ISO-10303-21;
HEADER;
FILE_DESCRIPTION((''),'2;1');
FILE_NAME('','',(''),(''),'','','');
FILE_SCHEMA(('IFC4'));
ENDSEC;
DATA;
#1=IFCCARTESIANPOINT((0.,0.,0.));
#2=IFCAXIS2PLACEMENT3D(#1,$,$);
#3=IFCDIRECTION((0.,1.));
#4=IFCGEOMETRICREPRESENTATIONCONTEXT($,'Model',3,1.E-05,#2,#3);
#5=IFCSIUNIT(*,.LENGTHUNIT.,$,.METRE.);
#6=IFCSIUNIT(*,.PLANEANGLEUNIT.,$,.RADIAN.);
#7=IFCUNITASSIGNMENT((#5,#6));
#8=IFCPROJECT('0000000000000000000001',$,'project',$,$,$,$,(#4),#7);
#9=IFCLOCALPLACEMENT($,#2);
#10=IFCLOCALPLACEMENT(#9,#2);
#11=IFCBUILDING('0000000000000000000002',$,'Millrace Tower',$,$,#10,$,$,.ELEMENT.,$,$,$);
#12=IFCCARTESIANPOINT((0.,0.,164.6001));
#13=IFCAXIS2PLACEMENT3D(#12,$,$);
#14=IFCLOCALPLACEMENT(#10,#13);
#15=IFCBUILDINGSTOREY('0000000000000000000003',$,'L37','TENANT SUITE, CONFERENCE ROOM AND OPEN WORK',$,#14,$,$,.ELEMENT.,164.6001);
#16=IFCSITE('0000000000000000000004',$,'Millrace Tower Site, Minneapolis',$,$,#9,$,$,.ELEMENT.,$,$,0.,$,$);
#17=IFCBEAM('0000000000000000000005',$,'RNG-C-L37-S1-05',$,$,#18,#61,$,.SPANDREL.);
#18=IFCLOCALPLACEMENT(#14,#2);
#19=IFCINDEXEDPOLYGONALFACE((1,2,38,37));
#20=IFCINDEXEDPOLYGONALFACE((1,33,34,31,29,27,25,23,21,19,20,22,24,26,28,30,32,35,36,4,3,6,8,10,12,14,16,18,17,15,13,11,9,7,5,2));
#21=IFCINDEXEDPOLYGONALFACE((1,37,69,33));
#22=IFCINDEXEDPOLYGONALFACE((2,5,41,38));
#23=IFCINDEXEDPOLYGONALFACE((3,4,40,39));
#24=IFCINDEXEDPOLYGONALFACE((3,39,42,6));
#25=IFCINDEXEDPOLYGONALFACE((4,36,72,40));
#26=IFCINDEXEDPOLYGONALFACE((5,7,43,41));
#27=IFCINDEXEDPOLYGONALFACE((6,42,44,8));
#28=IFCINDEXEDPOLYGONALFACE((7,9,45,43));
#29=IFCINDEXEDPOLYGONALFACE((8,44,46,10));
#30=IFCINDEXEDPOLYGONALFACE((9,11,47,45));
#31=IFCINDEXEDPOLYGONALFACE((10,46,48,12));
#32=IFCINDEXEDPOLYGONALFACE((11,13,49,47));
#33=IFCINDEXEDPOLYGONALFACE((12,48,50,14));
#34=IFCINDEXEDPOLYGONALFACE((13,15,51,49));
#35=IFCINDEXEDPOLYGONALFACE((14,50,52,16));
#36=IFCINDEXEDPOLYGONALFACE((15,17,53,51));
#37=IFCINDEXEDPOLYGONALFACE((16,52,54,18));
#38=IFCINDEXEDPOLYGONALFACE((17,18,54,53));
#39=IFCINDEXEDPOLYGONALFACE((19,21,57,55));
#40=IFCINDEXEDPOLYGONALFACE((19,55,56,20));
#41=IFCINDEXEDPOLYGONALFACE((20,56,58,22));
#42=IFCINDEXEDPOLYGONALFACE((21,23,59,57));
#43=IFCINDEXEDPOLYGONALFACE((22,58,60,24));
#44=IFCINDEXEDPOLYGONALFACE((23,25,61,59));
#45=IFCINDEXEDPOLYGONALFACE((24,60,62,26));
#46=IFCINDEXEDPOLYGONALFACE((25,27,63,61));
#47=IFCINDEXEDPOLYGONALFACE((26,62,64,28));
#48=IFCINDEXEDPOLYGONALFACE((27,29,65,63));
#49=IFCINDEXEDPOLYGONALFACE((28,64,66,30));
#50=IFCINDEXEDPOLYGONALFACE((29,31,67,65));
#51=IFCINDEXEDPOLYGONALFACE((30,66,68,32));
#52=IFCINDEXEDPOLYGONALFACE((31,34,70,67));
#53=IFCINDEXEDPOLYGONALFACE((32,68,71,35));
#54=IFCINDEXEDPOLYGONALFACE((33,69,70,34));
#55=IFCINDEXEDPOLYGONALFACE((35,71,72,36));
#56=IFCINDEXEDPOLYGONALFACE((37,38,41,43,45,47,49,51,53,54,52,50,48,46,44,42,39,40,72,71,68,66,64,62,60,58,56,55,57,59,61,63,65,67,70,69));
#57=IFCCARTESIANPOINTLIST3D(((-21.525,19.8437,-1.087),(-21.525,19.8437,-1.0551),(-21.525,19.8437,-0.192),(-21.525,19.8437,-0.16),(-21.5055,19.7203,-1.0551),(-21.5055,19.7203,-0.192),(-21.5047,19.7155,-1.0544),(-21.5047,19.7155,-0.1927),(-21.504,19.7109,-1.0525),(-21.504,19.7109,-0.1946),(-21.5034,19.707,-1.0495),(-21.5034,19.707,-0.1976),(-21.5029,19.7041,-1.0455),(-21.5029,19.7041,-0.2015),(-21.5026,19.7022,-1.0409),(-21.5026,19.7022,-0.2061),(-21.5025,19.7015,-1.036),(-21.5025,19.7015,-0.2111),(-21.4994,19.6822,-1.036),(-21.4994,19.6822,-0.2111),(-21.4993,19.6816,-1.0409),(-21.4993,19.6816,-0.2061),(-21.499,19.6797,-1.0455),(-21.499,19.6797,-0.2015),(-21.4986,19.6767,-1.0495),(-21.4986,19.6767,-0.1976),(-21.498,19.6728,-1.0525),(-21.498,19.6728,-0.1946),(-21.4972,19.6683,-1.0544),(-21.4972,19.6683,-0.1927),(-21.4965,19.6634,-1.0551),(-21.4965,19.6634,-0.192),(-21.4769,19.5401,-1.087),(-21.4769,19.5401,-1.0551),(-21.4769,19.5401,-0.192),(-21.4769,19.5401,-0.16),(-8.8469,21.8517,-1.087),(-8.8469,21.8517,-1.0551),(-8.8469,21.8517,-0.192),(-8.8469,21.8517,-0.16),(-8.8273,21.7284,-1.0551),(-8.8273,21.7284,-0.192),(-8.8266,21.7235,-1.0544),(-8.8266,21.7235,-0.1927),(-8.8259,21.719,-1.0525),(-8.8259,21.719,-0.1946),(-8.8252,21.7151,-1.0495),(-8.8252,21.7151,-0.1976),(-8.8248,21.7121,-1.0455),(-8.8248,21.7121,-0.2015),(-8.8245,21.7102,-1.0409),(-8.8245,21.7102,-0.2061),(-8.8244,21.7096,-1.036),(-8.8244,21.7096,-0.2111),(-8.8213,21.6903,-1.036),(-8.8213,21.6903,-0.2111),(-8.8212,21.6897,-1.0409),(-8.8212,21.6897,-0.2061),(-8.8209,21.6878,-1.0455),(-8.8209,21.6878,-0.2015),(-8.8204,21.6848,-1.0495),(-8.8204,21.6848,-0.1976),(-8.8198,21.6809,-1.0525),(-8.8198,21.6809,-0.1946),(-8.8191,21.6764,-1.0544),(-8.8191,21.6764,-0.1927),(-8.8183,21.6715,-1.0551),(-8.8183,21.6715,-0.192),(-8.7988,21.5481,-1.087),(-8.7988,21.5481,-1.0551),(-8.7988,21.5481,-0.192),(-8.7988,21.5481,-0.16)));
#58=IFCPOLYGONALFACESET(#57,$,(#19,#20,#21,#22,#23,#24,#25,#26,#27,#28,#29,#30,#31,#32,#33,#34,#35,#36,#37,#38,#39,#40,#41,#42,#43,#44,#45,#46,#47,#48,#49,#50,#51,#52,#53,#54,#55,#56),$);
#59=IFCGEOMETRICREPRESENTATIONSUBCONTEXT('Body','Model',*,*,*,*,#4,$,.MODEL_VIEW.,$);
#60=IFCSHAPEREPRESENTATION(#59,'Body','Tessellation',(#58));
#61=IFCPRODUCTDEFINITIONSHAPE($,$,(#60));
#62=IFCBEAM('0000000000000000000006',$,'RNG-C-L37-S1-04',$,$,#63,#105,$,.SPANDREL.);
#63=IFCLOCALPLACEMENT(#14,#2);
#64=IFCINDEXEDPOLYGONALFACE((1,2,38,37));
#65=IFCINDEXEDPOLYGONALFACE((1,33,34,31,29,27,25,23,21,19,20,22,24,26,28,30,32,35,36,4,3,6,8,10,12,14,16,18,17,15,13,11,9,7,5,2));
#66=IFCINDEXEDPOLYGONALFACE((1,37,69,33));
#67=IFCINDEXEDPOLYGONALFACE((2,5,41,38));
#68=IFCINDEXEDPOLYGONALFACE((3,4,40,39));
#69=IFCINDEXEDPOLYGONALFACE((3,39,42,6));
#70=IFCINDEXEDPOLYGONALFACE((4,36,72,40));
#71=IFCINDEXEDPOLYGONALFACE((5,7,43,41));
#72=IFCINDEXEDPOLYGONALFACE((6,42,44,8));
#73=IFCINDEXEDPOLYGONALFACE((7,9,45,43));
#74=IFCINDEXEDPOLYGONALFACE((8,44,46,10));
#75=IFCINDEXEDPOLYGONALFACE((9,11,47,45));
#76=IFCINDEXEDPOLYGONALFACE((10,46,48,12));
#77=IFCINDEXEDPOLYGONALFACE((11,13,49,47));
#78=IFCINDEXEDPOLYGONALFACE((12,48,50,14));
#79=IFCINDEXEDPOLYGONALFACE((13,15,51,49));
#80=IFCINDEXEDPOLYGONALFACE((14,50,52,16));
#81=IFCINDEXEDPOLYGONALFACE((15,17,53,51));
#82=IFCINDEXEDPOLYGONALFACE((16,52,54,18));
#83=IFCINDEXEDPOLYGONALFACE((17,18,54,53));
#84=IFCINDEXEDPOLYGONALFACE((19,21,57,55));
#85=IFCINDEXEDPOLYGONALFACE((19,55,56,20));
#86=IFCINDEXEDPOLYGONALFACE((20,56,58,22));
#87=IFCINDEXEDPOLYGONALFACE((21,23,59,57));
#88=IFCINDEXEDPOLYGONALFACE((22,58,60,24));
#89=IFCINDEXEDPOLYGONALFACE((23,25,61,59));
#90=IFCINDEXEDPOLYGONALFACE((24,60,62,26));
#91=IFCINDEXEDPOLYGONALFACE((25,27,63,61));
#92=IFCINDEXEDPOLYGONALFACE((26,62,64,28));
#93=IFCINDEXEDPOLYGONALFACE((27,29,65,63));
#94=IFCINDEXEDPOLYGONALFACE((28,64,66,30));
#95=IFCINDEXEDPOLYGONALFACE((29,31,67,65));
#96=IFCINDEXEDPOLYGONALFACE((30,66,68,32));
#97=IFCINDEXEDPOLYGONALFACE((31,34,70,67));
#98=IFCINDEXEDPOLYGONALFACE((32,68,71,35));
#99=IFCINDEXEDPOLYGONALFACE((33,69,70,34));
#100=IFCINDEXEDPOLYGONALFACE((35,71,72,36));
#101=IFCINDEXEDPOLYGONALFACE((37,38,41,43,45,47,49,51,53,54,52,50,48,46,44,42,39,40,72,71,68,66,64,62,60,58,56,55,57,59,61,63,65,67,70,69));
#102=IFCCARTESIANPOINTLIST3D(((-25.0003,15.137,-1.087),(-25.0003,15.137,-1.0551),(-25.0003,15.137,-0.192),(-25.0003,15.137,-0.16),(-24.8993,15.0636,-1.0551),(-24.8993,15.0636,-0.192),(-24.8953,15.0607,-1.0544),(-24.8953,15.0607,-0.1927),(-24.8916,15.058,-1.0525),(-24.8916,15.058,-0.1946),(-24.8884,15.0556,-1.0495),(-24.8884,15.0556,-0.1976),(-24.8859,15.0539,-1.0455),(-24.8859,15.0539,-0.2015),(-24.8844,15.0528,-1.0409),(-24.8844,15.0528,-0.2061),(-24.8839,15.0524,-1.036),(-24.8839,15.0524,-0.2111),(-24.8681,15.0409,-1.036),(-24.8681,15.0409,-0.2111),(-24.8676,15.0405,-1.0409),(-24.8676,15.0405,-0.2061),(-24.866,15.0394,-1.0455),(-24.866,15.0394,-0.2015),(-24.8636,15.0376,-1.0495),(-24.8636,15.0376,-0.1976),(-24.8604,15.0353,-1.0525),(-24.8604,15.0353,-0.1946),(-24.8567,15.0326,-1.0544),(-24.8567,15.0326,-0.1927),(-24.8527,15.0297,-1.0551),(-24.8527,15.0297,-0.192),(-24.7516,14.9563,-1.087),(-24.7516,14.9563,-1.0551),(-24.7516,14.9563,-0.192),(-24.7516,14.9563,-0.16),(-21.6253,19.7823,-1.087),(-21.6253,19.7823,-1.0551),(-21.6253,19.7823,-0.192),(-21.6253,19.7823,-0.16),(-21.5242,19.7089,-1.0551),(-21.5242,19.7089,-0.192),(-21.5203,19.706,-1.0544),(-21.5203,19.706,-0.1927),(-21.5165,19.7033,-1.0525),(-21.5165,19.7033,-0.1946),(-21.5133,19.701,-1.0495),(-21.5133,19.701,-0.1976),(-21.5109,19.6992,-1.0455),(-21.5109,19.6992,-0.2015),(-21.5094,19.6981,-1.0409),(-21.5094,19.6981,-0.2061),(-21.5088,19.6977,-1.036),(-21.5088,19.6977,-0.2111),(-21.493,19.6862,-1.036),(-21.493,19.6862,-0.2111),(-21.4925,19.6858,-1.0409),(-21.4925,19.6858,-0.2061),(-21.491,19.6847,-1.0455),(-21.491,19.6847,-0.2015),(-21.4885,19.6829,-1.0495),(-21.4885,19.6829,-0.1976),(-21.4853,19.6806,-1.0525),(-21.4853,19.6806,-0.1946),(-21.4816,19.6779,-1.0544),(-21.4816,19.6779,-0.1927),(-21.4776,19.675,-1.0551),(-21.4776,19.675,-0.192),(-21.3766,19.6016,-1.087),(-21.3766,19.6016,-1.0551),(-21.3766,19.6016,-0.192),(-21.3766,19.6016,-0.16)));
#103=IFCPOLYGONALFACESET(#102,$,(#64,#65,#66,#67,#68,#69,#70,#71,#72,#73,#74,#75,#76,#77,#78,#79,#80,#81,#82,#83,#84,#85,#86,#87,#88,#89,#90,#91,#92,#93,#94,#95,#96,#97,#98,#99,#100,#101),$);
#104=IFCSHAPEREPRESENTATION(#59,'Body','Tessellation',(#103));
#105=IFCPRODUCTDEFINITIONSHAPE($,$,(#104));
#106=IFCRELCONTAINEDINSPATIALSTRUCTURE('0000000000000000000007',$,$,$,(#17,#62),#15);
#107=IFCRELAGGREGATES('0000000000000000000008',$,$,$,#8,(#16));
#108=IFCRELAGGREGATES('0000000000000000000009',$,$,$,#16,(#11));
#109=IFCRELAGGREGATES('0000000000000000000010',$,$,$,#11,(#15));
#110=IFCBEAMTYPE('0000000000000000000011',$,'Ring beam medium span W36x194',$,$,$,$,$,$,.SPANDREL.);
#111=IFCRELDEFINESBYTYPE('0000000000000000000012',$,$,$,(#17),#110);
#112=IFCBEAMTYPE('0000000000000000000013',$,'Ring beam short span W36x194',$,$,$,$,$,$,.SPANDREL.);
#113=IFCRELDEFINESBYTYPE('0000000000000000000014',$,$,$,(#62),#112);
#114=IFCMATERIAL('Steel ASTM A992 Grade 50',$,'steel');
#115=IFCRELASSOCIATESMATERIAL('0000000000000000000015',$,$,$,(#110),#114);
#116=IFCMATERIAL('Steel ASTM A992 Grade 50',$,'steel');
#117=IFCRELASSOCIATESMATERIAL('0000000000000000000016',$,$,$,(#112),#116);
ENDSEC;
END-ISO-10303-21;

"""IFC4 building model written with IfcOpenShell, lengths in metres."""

from ifc_helpers import new_model, si_unit, direction, frame, origin, origin_2d, place, context, subcontext, project, spatial, i_section, extrude, material, material_profile, profile_set, type_object, element, save


model = new_model("IFC4")

# Units and contexts
model_context = context("Model", 3, precision=1e-05, world=origin(), true_north=direction((0.0, 1.0)))
body_context = subcontext(model_context, "Body", "Model", "MODEL_VIEW")
ifc_project = project(units=[si_unit("LENGTHUNIT", "METRE"), si_unit("PLANEANGLEUNIT", "RADIAN")], contexts=[model_context])

# Site, building, storey
site_placement = place(None, origin())
site = spatial("IfcSite", under=ifc_project, at=site_placement, Name="Millrace Tower Site, Minneapolis", CompositionType="ELEMENT", RefElevation=0.0)
building_placement = place(site_placement, origin())
building = spatial("IfcBuilding", under=site, at=building_placement, Name="Millrace Tower", CompositionType="ELEMENT")
storey_placement = place(building_placement, frame((0.0, 0.0, 164.6001)))
storey = spatial("IfcBuildingStorey", under=building, at=storey_placement, Name="L37", Description="TENANT SUITE, CONFERENCE ROOM AND OPEN WORK", CompositionType="ELEMENT", Elevation=164.6001)

# Beams
ifc_material_1 = material(Name="Steel ASTM A992 Grade 50", Category="steel")
ifc_material_profile_1 = material_profile(ifc_material_1, i_section(OverallWidth=0.3074, OverallDepth=0.927, WebThickness=0.0195, FlangeThickness=0.032, FilletRadius=0.019, at=origin_2d()))
ifc_profile_set_1 = profile_set([ifc_material_profile_1], Name="Steel ASTM A992 Grade 50")
beam_type_1 = type_object("IfcBeamType", Name="Ring beam medium span W36x194", PredefinedType="SPANDREL", material=ifc_profile_set_1)
beam_1_placement = place(storey_placement, frame((-21.501, 19.6919, -0.6235), z_axis=(0.987688, 0.156436, 0.0), x_axis=(-0.156436, 0.987688, 0.0)))
element("IfcBeam", 1, at=beam_1_placement, inside=storey, type_object=beam_type_1, Name="RNG-C-L37-S1-05", PredefinedType="SPANDREL", context=body_context, shape_type="SweptSolid", body=[
    extrude(i_section(OverallWidth=0.3074, OverallDepth=0.927, WebThickness=0.0195, FlangeThickness=0.032, FilletRadius=0.019, at=origin_2d()), origin(), (0.0, 0.0, 1.0), 12.8362),
])
ifc_material_2 = material(Name="Steel ASTM A992 Grade 50", Category="steel")
ifc_material_profile_2 = material_profile(ifc_material_2, i_section(OverallWidth=0.3074, OverallDepth=0.927, WebThickness=0.0195, FlangeThickness=0.032, FilletRadius=0.019, at=origin_2d()))
ifc_profile_set_2 = profile_set([ifc_material_profile_2], Name="Steel ASTM A992 Grade 50")
beam_type_2 = type_object("IfcBeamType", Name="Ring beam short span W36x194", PredefinedType="SPANDREL", material=ifc_profile_set_2)
beam_2_placement = place(storey_placement, frame((-24.876, 15.0466, -0.6235), z_axis=(0.587787, 0.809015, 0.0), x_axis=(-0.809015, 0.587787, 0.0)))
element("IfcBeam", 2, at=beam_2_placement, inside=storey, type_object=beam_type_2, Name="RNG-C-L37-S1-04", PredefinedType="SPANDREL", context=body_context, shape_type="SweptSolid", body=[
    extrude(i_section(OverallWidth=0.3074, OverallDepth=0.927, WebThickness=0.0195, FlangeThickness=0.032, FilletRadius=0.019, at=origin_2d()), origin(), (0.0, 0.0, 1.0), 5.7419),
])

save(model, "model.ifc")
